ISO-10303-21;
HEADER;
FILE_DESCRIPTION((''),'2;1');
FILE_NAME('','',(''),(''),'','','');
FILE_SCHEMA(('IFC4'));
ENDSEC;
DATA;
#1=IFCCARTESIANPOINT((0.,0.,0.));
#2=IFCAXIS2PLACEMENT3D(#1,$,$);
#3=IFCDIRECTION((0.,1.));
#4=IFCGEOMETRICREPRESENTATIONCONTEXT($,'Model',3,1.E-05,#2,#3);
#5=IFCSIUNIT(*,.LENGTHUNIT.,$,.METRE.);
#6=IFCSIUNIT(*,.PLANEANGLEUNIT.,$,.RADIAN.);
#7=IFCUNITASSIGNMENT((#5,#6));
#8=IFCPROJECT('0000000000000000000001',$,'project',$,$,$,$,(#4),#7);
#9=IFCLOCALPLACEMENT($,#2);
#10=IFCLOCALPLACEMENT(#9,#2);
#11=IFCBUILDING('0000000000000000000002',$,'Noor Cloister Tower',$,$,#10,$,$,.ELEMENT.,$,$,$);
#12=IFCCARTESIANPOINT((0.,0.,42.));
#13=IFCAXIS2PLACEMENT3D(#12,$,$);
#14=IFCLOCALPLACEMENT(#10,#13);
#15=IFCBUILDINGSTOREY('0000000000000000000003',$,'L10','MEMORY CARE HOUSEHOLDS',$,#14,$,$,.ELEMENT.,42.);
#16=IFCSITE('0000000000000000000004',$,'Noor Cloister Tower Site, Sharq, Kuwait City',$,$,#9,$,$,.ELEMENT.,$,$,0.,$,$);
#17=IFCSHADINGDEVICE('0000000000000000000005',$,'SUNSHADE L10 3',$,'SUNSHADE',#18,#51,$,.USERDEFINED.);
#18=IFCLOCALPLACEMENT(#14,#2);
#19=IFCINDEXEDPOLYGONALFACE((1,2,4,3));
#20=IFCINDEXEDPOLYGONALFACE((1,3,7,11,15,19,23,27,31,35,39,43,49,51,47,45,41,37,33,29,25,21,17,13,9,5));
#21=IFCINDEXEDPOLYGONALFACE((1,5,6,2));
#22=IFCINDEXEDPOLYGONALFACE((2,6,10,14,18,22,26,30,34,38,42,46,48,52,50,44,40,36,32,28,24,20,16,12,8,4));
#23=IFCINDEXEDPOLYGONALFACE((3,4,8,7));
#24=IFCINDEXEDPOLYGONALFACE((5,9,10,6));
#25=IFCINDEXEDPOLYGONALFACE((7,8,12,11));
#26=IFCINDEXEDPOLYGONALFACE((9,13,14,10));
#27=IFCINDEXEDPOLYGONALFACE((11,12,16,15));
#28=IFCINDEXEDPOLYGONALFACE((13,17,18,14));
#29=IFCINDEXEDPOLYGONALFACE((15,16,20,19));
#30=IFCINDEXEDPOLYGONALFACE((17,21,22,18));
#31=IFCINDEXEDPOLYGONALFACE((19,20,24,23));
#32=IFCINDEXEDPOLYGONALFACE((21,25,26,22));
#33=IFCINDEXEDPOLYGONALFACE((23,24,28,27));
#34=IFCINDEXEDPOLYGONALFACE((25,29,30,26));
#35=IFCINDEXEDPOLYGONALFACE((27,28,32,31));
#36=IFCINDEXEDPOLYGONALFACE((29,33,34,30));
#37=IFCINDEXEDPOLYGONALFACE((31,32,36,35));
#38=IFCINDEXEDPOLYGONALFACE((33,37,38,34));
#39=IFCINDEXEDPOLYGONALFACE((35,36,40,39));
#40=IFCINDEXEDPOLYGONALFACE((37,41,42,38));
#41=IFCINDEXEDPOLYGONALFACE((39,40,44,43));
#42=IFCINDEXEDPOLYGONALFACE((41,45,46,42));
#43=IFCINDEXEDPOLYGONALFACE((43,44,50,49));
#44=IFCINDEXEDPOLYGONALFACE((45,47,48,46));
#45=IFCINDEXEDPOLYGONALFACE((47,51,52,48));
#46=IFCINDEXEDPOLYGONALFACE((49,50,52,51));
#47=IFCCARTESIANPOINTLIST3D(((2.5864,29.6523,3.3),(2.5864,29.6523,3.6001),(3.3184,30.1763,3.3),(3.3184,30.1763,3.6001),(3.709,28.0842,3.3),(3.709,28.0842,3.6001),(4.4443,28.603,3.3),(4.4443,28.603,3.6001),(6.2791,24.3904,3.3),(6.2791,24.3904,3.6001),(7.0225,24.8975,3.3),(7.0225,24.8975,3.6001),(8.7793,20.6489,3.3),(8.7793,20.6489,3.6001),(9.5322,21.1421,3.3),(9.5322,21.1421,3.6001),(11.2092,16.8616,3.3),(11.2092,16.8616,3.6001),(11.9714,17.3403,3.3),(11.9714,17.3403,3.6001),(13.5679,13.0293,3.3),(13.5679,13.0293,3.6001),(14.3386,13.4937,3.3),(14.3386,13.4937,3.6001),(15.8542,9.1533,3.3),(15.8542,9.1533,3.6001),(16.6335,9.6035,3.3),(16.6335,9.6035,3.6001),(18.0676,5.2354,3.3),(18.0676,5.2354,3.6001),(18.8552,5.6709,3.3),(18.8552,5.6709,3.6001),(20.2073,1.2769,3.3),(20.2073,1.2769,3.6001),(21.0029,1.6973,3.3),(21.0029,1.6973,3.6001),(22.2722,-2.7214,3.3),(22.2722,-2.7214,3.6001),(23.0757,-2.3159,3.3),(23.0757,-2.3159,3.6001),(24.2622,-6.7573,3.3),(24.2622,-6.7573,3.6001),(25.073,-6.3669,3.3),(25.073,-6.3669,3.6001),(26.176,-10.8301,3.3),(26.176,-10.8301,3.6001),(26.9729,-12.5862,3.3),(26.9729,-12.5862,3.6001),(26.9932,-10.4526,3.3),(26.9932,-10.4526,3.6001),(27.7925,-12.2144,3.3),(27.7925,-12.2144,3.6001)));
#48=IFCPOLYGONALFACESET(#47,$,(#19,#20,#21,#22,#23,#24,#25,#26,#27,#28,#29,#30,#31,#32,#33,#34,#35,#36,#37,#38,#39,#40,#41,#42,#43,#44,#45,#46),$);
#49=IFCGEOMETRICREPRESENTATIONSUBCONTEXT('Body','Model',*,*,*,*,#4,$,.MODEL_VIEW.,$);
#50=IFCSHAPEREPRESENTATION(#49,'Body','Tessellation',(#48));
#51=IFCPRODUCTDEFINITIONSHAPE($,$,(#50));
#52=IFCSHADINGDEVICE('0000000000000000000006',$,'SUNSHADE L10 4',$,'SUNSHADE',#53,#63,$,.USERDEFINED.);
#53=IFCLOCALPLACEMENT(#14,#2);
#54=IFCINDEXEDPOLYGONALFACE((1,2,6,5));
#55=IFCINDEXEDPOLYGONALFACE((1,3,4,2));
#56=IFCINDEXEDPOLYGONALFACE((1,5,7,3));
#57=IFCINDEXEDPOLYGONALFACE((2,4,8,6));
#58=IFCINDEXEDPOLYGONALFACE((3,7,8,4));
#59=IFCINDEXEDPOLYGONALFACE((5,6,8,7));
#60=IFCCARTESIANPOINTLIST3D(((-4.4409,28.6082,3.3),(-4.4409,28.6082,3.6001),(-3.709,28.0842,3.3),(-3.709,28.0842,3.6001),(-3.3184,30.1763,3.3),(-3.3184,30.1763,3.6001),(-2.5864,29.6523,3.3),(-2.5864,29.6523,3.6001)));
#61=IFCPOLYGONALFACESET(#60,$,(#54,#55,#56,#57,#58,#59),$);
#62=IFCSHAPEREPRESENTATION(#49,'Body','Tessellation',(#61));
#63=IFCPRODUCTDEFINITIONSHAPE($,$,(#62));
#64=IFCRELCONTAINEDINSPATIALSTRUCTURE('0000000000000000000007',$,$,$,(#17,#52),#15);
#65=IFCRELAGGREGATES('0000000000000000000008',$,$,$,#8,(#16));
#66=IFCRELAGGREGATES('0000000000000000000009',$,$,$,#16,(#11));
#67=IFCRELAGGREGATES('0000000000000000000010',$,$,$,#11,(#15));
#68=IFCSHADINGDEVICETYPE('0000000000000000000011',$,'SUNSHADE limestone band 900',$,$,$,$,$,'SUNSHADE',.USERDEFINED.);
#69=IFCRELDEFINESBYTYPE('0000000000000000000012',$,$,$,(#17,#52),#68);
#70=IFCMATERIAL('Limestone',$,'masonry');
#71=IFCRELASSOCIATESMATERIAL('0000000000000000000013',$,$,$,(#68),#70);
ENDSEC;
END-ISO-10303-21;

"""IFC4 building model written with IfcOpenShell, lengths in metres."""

from ifc_helpers import new_model, si_unit, direction, frame, origin, place, context, subcontext, project, spatial, polyline, outline, extrude, material, type_object, element, save


model = new_model("IFC4")

# Units and contexts
model_context = context("Model", 3, precision=1e-05, world=origin(), true_north=direction((0.0, 1.0)))
body_context = subcontext(model_context, "Body", "Model", "MODEL_VIEW")
ifc_project = project(units=[si_unit("LENGTHUNIT", "METRE"), si_unit("PLANEANGLEUNIT", "RADIAN")], contexts=[model_context])

# Site, building, storey
site_placement = place(None, origin())
site = spatial("IfcSite", under=ifc_project, at=site_placement, Name="Noor Cloister Tower Site, Sharq, Kuwait City", CompositionType="ELEMENT", RefElevation=0.0)
building_placement = place(site_placement, origin())
building = spatial("IfcBuilding", under=site, at=building_placement, Name="Noor Cloister Tower", CompositionType="ELEMENT")
storey_placement = place(building_placement, frame((0.0, 0.0, 42.0)))
storey = spatial("IfcBuildingStorey", under=building, at=storey_placement, Name="L10", Description="MEMORY CARE HOUSEHOLDS", CompositionType="ELEMENT", Elevation=42.0)

# Shading devices
ifc_material_1 = material(Name="Limestone", Category="masonry")
shading_device_type = type_object("IfcShadingDeviceType", Name="SUNSHADE limestone band 900", ElementType="SUNSHADE", PredefinedType="USERDEFINED", material=ifc_material_1)
shading_device_1_placement = place(storey_placement, frame((0.0, 0.0, 3.3)))
element("IfcShadingDevice", 1, at=shading_device_1_placement, inside=storey, type_object=shading_device_type, Name="SUNSHADE L10 3", ObjectType="SUNSHADE", PredefinedType="USERDEFINED", context=body_context, shape_type="SweptSolid", body=[
    extrude(outline(polyline([(27.7925, -12.2144), (26.9932, -10.4526), (25.073, -6.3669), (23.0757, -2.3159), (21.0029, 1.6973), (18.8552, 5.6709), (16.6335, 9.6035), (14.3386, 13.4937), (11.9714, 17.3403), (9.5322, 21.1421), (7.0225, 24.8975), (4.4443, 28.603), (3.3184, 30.1763), (2.5864, 29.6523), (3.709, 28.0842), (6.2791, 24.3904), (8.7793, 20.6489), (11.2092, 16.8616), (13.5679, 13.0293), (15.8542, 9.1533), (18.0676, 5.2354), (20.2073, 1.2769), (22.2722, -2.7214), (24.2622, -6.7573), (26.176, -10.8301), (26.9729, -12.5862), (27.7925, -12.2144)])), origin(), (0.0, 0.0, 1.0), 0.3),
])
shading_device_2_placement = place(storey_placement, frame((0.0, 0.0, 3.3)))
element("IfcShadingDevice", 2, at=shading_device_2_placement, inside=storey, type_object=shading_device_type, Name="SUNSHADE L10 4", ObjectType="SUNSHADE", PredefinedType="USERDEFINED", context=body_context, shape_type="SweptSolid", body=[
    extrude(outline(polyline([(-3.3184, 30.1763), (-4.4409, 28.6082), (-3.709, 28.0842), (-2.5864, 29.6523), (-3.3184, 30.1763)])), origin(), (0.0, 0.0, 1.0), 0.3),
])

save(model, "model.ifc")
